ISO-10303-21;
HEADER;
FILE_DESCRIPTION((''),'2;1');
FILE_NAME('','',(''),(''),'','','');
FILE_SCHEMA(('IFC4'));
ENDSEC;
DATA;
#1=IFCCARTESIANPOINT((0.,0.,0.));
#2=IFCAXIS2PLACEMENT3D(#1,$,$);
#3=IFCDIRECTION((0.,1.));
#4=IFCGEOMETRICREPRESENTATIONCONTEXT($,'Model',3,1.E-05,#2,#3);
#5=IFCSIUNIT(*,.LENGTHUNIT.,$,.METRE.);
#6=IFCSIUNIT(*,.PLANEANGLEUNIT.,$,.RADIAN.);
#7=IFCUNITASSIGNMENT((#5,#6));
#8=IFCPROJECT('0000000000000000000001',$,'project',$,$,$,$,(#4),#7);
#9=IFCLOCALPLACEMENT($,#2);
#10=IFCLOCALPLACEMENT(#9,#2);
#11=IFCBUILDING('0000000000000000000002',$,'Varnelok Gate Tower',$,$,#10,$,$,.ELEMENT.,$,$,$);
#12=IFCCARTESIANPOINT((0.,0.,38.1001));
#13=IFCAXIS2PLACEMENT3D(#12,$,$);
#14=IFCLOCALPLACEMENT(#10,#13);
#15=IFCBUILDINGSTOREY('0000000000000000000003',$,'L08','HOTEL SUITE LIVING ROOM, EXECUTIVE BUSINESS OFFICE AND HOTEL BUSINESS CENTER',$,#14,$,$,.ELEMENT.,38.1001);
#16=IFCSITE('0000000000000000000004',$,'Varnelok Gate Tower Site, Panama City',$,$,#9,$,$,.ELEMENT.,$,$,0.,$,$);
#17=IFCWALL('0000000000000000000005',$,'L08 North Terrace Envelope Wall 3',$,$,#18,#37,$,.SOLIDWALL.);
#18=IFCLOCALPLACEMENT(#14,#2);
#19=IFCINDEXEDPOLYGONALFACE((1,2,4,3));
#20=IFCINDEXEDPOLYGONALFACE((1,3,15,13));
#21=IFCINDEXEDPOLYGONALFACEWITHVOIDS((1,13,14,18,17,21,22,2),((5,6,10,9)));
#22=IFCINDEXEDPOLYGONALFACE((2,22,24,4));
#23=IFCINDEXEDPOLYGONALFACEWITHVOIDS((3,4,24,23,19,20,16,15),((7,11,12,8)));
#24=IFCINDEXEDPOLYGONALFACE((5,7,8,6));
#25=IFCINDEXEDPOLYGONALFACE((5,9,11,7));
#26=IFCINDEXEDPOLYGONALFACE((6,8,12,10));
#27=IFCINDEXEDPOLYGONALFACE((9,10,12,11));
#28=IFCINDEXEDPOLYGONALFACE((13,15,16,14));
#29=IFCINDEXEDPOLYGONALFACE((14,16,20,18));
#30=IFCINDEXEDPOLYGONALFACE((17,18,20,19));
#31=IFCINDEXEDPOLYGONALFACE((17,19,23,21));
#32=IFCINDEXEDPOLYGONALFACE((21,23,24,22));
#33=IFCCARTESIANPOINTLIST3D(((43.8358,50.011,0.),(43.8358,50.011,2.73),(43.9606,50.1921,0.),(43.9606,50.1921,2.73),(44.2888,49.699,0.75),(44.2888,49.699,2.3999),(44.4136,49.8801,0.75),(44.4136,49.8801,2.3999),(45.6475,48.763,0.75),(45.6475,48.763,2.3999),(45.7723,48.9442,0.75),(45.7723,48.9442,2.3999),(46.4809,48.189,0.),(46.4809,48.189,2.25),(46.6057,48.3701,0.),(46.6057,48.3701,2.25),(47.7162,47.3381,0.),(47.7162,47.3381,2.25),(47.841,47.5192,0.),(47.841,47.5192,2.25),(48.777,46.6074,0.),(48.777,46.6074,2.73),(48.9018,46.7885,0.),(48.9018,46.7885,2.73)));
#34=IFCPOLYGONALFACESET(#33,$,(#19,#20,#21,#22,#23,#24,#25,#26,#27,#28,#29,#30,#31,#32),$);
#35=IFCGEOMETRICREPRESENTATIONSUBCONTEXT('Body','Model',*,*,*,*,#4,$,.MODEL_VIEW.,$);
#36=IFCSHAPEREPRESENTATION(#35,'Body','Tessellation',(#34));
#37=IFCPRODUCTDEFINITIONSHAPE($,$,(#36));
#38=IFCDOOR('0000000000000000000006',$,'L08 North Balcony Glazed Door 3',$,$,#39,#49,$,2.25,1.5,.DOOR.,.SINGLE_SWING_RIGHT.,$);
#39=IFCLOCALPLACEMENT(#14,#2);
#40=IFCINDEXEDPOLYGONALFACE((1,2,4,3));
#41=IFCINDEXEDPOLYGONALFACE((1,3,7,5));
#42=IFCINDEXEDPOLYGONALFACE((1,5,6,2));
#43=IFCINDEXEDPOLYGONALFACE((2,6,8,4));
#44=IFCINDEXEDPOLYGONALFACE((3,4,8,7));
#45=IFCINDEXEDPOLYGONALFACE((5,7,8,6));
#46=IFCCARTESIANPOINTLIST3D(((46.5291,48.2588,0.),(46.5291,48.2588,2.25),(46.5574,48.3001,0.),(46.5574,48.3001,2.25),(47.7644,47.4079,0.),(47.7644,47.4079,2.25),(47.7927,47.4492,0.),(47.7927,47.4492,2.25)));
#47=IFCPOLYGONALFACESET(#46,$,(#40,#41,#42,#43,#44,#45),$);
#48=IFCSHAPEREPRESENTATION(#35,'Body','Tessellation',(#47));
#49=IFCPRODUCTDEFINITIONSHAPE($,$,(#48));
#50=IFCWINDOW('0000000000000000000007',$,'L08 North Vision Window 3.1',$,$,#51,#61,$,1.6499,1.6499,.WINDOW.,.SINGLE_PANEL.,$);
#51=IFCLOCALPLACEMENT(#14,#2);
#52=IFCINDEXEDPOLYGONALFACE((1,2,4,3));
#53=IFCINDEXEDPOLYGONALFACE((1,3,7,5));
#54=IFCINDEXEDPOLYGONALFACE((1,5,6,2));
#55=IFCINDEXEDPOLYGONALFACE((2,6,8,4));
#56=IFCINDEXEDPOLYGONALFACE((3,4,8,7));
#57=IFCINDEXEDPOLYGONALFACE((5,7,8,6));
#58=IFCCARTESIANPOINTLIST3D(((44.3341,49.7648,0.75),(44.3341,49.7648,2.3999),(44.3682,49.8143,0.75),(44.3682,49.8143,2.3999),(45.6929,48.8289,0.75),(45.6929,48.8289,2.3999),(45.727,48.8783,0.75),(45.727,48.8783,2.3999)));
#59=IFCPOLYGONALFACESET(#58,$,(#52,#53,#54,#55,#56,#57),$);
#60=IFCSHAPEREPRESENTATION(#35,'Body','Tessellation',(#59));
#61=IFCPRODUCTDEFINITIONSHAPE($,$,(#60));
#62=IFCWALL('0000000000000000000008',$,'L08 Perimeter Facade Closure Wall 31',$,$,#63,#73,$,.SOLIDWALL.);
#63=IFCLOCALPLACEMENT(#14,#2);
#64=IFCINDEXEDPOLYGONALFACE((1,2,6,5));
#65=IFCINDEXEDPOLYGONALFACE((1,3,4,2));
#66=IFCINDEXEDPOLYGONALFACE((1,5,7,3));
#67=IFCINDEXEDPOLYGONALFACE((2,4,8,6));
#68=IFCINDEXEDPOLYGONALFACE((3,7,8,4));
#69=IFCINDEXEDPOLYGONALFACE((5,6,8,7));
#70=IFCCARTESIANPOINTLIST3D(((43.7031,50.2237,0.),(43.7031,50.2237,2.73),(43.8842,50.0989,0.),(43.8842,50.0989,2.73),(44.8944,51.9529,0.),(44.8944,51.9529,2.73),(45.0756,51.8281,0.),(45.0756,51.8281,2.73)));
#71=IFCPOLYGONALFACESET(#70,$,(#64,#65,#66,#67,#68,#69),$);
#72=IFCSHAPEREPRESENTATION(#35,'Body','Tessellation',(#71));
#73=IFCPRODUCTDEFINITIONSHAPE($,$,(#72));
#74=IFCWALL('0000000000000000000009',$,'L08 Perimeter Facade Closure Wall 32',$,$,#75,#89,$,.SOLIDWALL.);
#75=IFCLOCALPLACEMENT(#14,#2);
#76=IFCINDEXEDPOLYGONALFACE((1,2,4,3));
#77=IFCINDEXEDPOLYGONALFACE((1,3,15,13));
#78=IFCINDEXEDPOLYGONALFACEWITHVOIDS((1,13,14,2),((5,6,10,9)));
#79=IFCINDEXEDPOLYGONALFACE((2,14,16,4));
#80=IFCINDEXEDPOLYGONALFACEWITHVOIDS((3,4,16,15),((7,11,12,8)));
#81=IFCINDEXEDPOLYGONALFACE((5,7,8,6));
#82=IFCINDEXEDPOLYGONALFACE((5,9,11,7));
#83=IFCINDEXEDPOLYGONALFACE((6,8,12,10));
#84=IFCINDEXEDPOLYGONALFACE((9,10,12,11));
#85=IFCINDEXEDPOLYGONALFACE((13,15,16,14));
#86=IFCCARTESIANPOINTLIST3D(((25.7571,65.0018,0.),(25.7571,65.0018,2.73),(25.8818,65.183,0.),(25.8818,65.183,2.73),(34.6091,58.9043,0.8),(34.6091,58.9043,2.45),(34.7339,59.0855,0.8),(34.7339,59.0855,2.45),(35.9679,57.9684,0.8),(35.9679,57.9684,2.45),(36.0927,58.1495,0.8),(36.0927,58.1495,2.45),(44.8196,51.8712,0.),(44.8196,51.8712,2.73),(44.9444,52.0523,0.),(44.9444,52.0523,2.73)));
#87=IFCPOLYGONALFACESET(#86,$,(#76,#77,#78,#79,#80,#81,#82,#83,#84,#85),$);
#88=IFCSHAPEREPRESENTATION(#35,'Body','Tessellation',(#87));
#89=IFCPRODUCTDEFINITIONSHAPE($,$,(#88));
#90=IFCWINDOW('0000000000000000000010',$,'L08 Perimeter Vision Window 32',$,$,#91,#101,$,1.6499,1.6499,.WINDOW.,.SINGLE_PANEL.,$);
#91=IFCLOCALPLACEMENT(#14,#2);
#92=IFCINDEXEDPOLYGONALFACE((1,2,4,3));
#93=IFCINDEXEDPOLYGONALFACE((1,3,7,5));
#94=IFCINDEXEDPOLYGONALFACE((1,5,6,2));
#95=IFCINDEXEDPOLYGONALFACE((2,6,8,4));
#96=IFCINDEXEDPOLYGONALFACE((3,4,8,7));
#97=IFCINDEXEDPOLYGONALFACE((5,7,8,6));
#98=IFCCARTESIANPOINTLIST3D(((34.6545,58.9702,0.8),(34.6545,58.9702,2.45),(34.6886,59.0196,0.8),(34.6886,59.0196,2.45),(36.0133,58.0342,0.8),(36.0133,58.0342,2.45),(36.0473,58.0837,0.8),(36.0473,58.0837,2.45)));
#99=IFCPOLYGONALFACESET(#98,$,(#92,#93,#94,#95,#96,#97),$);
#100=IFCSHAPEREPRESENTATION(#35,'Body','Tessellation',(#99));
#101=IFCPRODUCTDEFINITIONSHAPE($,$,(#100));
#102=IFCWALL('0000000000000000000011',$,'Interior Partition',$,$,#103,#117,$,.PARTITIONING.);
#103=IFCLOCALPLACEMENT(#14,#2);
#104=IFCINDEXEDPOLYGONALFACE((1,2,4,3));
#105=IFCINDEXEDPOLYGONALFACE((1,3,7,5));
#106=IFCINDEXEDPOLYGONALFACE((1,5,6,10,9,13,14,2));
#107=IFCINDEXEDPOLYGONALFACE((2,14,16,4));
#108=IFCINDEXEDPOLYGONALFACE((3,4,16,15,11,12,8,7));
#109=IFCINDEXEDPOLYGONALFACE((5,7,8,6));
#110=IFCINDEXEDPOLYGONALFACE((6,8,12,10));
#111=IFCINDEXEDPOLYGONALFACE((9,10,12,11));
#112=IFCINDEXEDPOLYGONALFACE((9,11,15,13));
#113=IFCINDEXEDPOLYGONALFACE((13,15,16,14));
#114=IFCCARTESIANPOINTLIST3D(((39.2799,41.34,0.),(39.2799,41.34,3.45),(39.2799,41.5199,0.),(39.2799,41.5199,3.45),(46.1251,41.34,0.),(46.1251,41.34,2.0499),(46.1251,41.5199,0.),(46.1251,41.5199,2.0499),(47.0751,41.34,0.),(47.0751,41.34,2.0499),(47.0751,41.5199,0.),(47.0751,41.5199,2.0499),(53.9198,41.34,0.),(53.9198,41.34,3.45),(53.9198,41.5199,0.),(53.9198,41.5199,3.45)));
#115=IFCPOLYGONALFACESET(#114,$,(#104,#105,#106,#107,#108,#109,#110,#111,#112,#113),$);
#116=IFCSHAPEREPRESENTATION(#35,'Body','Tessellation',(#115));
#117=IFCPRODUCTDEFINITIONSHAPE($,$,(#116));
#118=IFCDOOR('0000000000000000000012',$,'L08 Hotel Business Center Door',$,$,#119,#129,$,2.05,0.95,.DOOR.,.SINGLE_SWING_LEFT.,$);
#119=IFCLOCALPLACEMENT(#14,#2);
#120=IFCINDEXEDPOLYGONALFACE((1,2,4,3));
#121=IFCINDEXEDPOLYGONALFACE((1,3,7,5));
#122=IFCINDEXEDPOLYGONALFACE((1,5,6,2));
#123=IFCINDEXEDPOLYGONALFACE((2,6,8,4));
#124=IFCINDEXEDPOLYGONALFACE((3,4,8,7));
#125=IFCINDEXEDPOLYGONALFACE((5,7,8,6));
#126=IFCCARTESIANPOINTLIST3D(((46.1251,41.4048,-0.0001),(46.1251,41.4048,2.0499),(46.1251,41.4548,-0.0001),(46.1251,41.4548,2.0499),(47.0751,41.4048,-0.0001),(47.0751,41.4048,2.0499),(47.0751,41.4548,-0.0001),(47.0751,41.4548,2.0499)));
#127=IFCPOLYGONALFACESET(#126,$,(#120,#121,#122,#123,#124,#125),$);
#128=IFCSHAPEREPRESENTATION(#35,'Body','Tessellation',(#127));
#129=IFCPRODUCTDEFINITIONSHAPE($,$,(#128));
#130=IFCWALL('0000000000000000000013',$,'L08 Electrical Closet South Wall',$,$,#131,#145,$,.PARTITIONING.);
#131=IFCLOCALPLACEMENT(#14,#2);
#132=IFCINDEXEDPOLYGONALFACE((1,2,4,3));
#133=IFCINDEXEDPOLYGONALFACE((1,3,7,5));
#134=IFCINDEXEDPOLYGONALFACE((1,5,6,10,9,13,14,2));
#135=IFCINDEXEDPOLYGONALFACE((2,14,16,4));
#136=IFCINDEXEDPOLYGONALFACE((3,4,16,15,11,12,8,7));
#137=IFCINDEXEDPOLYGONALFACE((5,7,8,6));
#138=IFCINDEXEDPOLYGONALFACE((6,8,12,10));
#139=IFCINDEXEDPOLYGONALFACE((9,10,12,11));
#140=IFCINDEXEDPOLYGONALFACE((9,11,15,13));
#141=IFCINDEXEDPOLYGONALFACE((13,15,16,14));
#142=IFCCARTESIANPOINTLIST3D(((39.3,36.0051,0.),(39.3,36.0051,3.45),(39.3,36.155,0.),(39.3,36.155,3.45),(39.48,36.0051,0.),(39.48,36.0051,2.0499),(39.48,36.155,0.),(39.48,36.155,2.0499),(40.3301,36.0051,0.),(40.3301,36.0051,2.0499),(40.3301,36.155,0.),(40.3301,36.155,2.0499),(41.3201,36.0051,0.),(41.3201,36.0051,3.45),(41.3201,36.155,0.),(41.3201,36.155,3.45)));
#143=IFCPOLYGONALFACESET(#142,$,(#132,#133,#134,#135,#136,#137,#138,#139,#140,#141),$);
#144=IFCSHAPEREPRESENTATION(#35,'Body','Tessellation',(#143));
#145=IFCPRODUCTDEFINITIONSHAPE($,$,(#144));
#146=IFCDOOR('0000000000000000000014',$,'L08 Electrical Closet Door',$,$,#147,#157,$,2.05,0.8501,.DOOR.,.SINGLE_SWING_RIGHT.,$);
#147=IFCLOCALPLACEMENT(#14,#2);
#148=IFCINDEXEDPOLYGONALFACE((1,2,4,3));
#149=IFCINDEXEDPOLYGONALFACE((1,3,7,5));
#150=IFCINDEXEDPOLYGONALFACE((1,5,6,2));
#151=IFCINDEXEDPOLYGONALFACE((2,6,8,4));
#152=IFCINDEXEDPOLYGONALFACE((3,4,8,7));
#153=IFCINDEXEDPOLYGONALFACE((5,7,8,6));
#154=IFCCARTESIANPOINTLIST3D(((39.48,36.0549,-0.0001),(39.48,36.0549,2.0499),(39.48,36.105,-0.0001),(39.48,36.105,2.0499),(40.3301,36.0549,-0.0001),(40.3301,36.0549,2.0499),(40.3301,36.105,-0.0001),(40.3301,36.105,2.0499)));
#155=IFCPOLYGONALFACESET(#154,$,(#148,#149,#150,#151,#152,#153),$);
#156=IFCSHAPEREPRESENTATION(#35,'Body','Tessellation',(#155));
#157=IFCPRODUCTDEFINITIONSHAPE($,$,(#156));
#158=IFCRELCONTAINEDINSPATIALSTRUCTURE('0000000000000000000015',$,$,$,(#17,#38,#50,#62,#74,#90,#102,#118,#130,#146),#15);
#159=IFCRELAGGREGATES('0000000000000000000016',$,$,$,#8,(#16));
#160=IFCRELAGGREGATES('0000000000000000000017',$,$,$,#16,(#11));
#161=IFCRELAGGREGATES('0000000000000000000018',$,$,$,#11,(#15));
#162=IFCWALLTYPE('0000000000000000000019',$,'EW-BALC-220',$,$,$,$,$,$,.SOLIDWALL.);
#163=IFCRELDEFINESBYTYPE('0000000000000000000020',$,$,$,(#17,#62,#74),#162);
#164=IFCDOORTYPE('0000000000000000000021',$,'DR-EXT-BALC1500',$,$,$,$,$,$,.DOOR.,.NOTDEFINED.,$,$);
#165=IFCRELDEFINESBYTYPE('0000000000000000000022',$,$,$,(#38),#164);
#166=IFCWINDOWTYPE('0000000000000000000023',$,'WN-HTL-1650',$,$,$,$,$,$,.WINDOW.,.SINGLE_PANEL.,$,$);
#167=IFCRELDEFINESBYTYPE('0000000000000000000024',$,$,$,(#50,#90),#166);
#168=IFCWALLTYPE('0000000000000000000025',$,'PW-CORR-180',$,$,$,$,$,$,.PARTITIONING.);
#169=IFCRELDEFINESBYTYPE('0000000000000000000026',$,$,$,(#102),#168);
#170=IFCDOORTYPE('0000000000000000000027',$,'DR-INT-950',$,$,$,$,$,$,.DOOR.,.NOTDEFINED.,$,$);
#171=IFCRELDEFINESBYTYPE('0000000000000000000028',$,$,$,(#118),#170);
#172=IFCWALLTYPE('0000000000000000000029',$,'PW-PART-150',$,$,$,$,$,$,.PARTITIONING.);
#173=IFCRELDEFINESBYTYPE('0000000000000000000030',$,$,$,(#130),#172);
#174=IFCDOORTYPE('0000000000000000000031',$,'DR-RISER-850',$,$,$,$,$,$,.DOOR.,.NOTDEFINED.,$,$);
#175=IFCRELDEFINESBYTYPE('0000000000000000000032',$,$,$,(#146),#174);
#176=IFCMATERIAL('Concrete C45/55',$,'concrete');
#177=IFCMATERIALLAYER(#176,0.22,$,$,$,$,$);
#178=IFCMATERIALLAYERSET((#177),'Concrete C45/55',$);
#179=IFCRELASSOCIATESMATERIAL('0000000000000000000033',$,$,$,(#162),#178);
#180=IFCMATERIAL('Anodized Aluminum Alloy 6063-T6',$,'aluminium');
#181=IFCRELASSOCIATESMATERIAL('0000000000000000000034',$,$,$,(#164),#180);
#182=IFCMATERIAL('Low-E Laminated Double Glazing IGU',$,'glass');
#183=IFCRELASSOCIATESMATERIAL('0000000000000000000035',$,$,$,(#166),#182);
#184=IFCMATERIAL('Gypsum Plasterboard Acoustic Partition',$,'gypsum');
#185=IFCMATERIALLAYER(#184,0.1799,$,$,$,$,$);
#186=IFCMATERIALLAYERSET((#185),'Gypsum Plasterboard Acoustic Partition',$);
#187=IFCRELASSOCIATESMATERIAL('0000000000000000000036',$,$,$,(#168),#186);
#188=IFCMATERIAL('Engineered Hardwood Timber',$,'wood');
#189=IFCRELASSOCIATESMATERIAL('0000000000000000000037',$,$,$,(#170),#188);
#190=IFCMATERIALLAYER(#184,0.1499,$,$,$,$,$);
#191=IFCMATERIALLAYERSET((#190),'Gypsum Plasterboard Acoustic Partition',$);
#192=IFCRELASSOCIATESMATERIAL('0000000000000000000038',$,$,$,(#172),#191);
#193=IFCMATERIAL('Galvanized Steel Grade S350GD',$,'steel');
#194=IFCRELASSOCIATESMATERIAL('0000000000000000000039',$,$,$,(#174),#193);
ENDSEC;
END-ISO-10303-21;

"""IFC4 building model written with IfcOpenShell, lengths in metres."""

from ifc_helpers import new_model, si_unit, direction, frame, frame_2d, origin, place, context, subcontext, project, spatial, rectangle, extrude, material, layer, layer_set, type_object, element, fill, save


model = new_model("IFC4")

# Units and contexts
model_context = context("Model", 3, precision=1e-05, world=origin(), true_north=direction((0.0, 1.0)))
body_context = subcontext(model_context, "Body", "Model", "MODEL_VIEW")
ifc_project = project(units=[si_unit("LENGTHUNIT", "METRE"), si_unit("PLANEANGLEUNIT", "RADIAN")], contexts=[model_context])

# Site, building, storey
site_placement = place(None, origin())
site = spatial("IfcSite", under=ifc_project, at=site_placement, Name="Varnelok Gate Tower Site, Panama City", CompositionType="ELEMENT", RefElevation=0.0)
building_placement = place(site_placement, origin())
building = spatial("IfcBuilding", under=site, at=building_placement, Name="Varnelok Gate Tower", CompositionType="ELEMENT")
storey_placement = place(building_placement, frame((0.0, 0.0, 38.1001)))
storey = spatial("IfcBuildingStorey", under=building, at=storey_placement, Name="L08", Description="HOTEL SUITE LIVING ROOM, EXECUTIVE BUSINESS OFFICE AND HOTEL BUSINESS CENTER", CompositionType="ELEMENT", Elevation=38.1001)

# Wall, openings, door, window
ifc_material_1 = material(Name="Concrete C45/55", Category="concrete")
ifc_layer_1 = layer(ifc_material_1, 0.22)
ifc_layer_set_1 = layer_set([ifc_layer_1], Name="Concrete C45/55")
wall_type_1 = type_object("IfcWallType", Name="EW-BALC-220", PredefinedType="SOLIDWALL", material=ifc_layer_set_1)
wall_1_placement = place(storey_placement, frame((43.8982, 50.1016, 0.0), z_axis=(0.0, 0.0, 1.0), x_axis=(0.823535, -0.567266, 0.0)))
wall_1 = element("IfcWall", 1, at=wall_1_placement, inside=storey, type_object=wall_type_1, Name="L08 North Terrace Envelope Wall 3", PredefinedType="SOLIDWALL", context=body_context, shape_type="SweptSolid", body=[
    extrude(rectangle(XDim=6.0, YDim=0.22, at=frame_2d((3.0, 0.0))), origin(), (0.0, 0.0, 1.0), 2.73),
])
opening_1_placement = place(wall_1_placement, frame((3.2119, 0.0, 0.0)))
opening_1 = element("IfcOpeningElement", 2, at=opening_1_placement, cuts=wall_1, PredefinedType="OPENING", context=body_context, shape_type="SweptSolid", body=[
    extrude(rectangle(XDim=1.5, YDim=2.25, at=frame_2d((0.75, 1.125))), frame((0.0, 0.1199, 0.0), z_axis=(0.0, -1.0, 0.0), x_axis=(1.0, 0.0, 0.0)), (0.0, 0.0, 1.0), 0.24),
])
opening_2_placement = place(wall_1_placement, frame((0.55, 0.0, 0.75)))
opening_2 = element("IfcOpeningElement", 3, at=opening_2_placement, cuts=wall_1, PredefinedType="OPENING", context=body_context, shape_type="SweptSolid", body=[
    extrude(rectangle(XDim=1.6499, YDim=1.6499, at=frame_2d((0.825, 0.825))), frame((0.0, 0.1199, 0.0), z_axis=(0.0, -1.0, 0.0), x_axis=(1.0, 0.0, 0.0)), (0.0, 0.0, 1.0), 0.24),
])
ifc_material_2 = material(Name="Anodized Aluminum Alloy 6063-T6", Category="aluminium")
door_type_1 = type_object("IfcDoorType", Name="DR-EXT-BALC1500", OperationType="NOTDEFINED", PredefinedType="DOOR", material=ifc_material_2)
door_1_placement = place(opening_1_placement, origin())
door_1 = element("IfcDoor", 4, at=door_1_placement, inside=storey, type_object=door_type_1, Name="L08 North Balcony Glazed Door 3", OperationType="SINGLE_SWING_RIGHT", OverallHeight=2.25, OverallWidth=1.5, PredefinedType="DOOR", context=body_context, shape_type="SweptSolid", body=[
    extrude(rectangle(XDim=1.5, YDim=2.25, at=frame_2d((0.75, 1.125))), frame((0.0, 0.0249, 0.0), z_axis=(0.0, -1.0, 0.0), x_axis=(1.0, 0.0, 0.0)), (0.0, 0.0, 1.0), 0.05),
])
fill(opening_1, door_1)
ifc_material_3 = material(Name="Low-E Laminated Double Glazing IGU", Category="glass")
window_type = type_object("IfcWindowType", Name="WN-HTL-1650", PartitioningType="SINGLE_PANEL", PredefinedType="WINDOW", material=ifc_material_3)
window_1_placement = place(opening_2_placement, origin())
window_1 = element("IfcWindow", 5, at=window_1_placement, inside=storey, type_object=window_type, Name="L08 North Vision Window 3.1", OverallHeight=1.6499, OverallWidth=1.6499, PartitioningType="SINGLE_PANEL", PredefinedType="WINDOW", context=body_context, shape_type="SweptSolid", body=[
    extrude(rectangle(XDim=1.6499, YDim=1.6499, at=frame_2d((0.825, 0.825))), frame((0.0, 0.03, 0.0), z_axis=(0.0, -1.0, 0.0), x_axis=(1.0, 0.0, 0.0)), (0.0, 0.0, 1.0), 0.0601),
])
fill(opening_2, window_1)

# Wall
wall_2_placement = place(storey_placement, frame((43.7937, 50.1614, 0.0), z_axis=(0.0, 0.0, 1.0), x_axis=(0.567353, 0.823475, 0.0)))
element("IfcWall", 6, at=wall_2_placement, inside=storey, type_object=wall_type_1, Name="L08 Perimeter Facade Closure Wall 31", PredefinedType="SOLIDWALL", context=body_context, shape_type="SweptSolid", body=[
    extrude(rectangle(XDim=2.0999, YDim=0.22, at=frame_2d((1.0498, 0.0))), origin(), (0.0, 0.0, 1.0), 2.73),
])

# Wall, opening, window
wall_3_placement = place(storey_placement, frame((44.8821, 51.9617, 0.0), z_axis=(0.0, 0.0, 1.0), x_axis=(-0.823534, 0.567266, 0.0)))
wall_3 = element("IfcWall", 7, at=wall_3_placement, inside=storey, type_object=wall_type_1, Name="L08 Perimeter Facade Closure Wall 32", PredefinedType="SOLIDWALL", context=body_context, shape_type="SweptSolid", body=[
    extrude(rectangle(XDim=23.1472, YDim=0.22, at=frame_2d((11.5737, 0.0))), origin(), (0.0, 0.0, 1.0), 2.73),
])
opening_3_placement = place(wall_3_placement, frame((10.7485, 0.0, 0.8)))
opening_3 = element("IfcOpeningElement", 8, at=opening_3_placement, cuts=wall_3, PredefinedType="OPENING", context=body_context, shape_type="SweptSolid", body=[
    extrude(rectangle(XDim=1.6499, YDim=1.6499, at=frame_2d((0.825, 0.825))), frame((0.0, 0.1199, 0.0), z_axis=(0.0, -1.0, 0.0), x_axis=(1.0, 0.0, 0.0)), (0.0, 0.0, 1.0), 0.24),
])
window_2_placement = place(opening_3_placement, origin())
window_2 = element("IfcWindow", 9, at=window_2_placement, inside=storey, type_object=window_type, Name="L08 Perimeter Vision Window 32", OverallHeight=1.6499, OverallWidth=1.6499, PartitioningType="SINGLE_PANEL", PredefinedType="WINDOW", context=body_context, shape_type="SweptSolid", body=[
    extrude(rectangle(XDim=1.6499, YDim=1.6499, at=frame_2d((0.825, 0.825))), frame((0.0, 0.03, 0.0), z_axis=(0.0, -1.0, 0.0), x_axis=(1.0, 0.0, 0.0)), (0.0, 0.0, 1.0), 0.0601),
])
fill(opening_3, window_2)

# Walls, openings, doors
ifc_material_4 = material(Name="Gypsum Plasterboard Acoustic Partition", Category="gypsum")
ifc_layer_2 = layer(ifc_material_4, 0.1799)
ifc_layer_set_2 = layer_set([ifc_layer_2], Name="Gypsum Plasterboard Acoustic Partition")
wall_type_2 = type_object("IfcWallType", Name="PW-CORR-180", PredefinedType="PARTITIONING", material=ifc_layer_set_2)
wall_4_placement = place(storey_placement, frame((39.28, 41.4299, 0.0), z_axis=(0.0, 0.0, 1.0), x_axis=(1.0, 0.0, 0.0)))
wall_4 = element("IfcWall", 10, at=wall_4_placement, inside=storey, type_object=wall_type_2, Name="Interior Partition", PredefinedType="PARTITIONING", context=body_context, shape_type="SweptSolid", body=[
    extrude(rectangle(XDim=14.6399, YDim=0.1799, at=frame_2d((7.3198, 0.0))), origin(), (0.0, 0.0, 1.0), 3.45),
])
opening_4_placement = place(wall_4_placement, frame((6.845, 0.0, 0.0)))
opening_4 = element("IfcOpeningElement", 11, at=opening_4_placement, cuts=wall_4, PredefinedType="OPENING", context=body_context, shape_type="SweptSolid", body=[
    extrude(rectangle(XDim=0.95, YDim=2.05, at=frame_2d((0.4751, 1.0249))), frame((0.0, 0.0999, 0.0), z_axis=(0.0, -1.0, 0.0), x_axis=(1.0, 0.0, 0.0)), (0.0, 0.0, 1.0), 0.2),
])
ifc_material_5 = material(Name="Engineered Hardwood Timber", Category="wood")
door_type_2 = type_object("IfcDoorType", Name="DR-INT-950", OperationType="NOTDEFINED", PredefinedType="DOOR", material=ifc_material_5)
door_2_placement = place(opening_4_placement, origin())
door_2 = element("IfcDoor", 12, at=door_2_placement, inside=storey, type_object=door_type_2, Name="L08 Hotel Business Center Door", OperationType="SINGLE_SWING_LEFT", OverallHeight=2.05, OverallWidth=0.95, PredefinedType="DOOR", context=body_context, shape_type="SweptSolid", body=[
    extrude(rectangle(XDim=0.95, YDim=2.05, at=frame_2d((0.4751, 1.0249))), frame((0.0, 0.0249, 0.0), z_axis=(0.0, -1.0, 0.0), x_axis=(1.0, 0.0, 0.0)), (0.0, 0.0, 1.0), 0.05),
])
fill(opening_4, door_2)
ifc_layer_3 = layer(ifc_material_4, 0.1499)
ifc_layer_set_3 = layer_set([ifc_layer_3], Name="Gypsum Plasterboard Acoustic Partition")
wall_type_3 = type_object("IfcWallType", Name="PW-PART-150", PredefinedType="PARTITIONING", material=ifc_layer_set_3)
wall_5_placement = place(storey_placement, frame((39.3, 36.0801, 0.0), z_axis=(0.0, 0.0, 1.0), x_axis=(1.0, 0.0, 0.0)))
wall_5 = element("IfcWall", 13, at=wall_5_placement, inside=storey, type_object=wall_type_3, Name="L08 Electrical Closet South Wall", PredefinedType="PARTITIONING", context=body_context, shape_type="SweptSolid", body=[
    extrude(rectangle(XDim=2.02, YDim=0.1499, at=frame_2d((1.01, 0.0))), origin(), (0.0, 0.0, 1.0), 3.45),
])
opening_5_placement = place(wall_5_placement, frame((0.1799, 0.0, 0.0)))
opening_5 = element("IfcOpeningElement", 14, at=opening_5_placement, cuts=wall_5, PredefinedType="OPENING", context=body_context, shape_type="SweptSolid", body=[
    extrude(rectangle(XDim=0.8501, YDim=2.05, at=frame_2d((0.425, 1.0249))), frame((0.0, 0.085, 0.0), z_axis=(0.0, -1.0, 0.0), x_axis=(1.0, 0.0, 0.0)), (0.0, 0.0, 1.0), 0.1699),
])
ifc_material_6 = material(Name="Galvanized Steel Grade S350GD", Category="steel")
door_type_3 = type_object("IfcDoorType", Name="DR-RISER-850", OperationType="NOTDEFINED", PredefinedType="DOOR", material=ifc_material_6)
door_3_placement = place(opening_5_placement, origin())
door_3 = element("IfcDoor", 15, at=door_3_placement, inside=storey, type_object=door_type_3, Name="L08 Electrical Closet Door", OperationType="SINGLE_SWING_RIGHT", OverallHeight=2.05, OverallWidth=0.8501, PredefinedType="DOOR", context=body_context, shape_type="SweptSolid", body=[
    extrude(rectangle(XDim=0.8501, YDim=2.05, at=frame_2d((0.425, 1.0249))), frame((0.0, 0.0249, 0.0), z_axis=(0.0, -1.0, 0.0), x_axis=(1.0, 0.0, 0.0)), (0.0, 0.0, 1.0), 0.05),
])
fill(opening_5, door_3)

save(model, "model.ifc")
